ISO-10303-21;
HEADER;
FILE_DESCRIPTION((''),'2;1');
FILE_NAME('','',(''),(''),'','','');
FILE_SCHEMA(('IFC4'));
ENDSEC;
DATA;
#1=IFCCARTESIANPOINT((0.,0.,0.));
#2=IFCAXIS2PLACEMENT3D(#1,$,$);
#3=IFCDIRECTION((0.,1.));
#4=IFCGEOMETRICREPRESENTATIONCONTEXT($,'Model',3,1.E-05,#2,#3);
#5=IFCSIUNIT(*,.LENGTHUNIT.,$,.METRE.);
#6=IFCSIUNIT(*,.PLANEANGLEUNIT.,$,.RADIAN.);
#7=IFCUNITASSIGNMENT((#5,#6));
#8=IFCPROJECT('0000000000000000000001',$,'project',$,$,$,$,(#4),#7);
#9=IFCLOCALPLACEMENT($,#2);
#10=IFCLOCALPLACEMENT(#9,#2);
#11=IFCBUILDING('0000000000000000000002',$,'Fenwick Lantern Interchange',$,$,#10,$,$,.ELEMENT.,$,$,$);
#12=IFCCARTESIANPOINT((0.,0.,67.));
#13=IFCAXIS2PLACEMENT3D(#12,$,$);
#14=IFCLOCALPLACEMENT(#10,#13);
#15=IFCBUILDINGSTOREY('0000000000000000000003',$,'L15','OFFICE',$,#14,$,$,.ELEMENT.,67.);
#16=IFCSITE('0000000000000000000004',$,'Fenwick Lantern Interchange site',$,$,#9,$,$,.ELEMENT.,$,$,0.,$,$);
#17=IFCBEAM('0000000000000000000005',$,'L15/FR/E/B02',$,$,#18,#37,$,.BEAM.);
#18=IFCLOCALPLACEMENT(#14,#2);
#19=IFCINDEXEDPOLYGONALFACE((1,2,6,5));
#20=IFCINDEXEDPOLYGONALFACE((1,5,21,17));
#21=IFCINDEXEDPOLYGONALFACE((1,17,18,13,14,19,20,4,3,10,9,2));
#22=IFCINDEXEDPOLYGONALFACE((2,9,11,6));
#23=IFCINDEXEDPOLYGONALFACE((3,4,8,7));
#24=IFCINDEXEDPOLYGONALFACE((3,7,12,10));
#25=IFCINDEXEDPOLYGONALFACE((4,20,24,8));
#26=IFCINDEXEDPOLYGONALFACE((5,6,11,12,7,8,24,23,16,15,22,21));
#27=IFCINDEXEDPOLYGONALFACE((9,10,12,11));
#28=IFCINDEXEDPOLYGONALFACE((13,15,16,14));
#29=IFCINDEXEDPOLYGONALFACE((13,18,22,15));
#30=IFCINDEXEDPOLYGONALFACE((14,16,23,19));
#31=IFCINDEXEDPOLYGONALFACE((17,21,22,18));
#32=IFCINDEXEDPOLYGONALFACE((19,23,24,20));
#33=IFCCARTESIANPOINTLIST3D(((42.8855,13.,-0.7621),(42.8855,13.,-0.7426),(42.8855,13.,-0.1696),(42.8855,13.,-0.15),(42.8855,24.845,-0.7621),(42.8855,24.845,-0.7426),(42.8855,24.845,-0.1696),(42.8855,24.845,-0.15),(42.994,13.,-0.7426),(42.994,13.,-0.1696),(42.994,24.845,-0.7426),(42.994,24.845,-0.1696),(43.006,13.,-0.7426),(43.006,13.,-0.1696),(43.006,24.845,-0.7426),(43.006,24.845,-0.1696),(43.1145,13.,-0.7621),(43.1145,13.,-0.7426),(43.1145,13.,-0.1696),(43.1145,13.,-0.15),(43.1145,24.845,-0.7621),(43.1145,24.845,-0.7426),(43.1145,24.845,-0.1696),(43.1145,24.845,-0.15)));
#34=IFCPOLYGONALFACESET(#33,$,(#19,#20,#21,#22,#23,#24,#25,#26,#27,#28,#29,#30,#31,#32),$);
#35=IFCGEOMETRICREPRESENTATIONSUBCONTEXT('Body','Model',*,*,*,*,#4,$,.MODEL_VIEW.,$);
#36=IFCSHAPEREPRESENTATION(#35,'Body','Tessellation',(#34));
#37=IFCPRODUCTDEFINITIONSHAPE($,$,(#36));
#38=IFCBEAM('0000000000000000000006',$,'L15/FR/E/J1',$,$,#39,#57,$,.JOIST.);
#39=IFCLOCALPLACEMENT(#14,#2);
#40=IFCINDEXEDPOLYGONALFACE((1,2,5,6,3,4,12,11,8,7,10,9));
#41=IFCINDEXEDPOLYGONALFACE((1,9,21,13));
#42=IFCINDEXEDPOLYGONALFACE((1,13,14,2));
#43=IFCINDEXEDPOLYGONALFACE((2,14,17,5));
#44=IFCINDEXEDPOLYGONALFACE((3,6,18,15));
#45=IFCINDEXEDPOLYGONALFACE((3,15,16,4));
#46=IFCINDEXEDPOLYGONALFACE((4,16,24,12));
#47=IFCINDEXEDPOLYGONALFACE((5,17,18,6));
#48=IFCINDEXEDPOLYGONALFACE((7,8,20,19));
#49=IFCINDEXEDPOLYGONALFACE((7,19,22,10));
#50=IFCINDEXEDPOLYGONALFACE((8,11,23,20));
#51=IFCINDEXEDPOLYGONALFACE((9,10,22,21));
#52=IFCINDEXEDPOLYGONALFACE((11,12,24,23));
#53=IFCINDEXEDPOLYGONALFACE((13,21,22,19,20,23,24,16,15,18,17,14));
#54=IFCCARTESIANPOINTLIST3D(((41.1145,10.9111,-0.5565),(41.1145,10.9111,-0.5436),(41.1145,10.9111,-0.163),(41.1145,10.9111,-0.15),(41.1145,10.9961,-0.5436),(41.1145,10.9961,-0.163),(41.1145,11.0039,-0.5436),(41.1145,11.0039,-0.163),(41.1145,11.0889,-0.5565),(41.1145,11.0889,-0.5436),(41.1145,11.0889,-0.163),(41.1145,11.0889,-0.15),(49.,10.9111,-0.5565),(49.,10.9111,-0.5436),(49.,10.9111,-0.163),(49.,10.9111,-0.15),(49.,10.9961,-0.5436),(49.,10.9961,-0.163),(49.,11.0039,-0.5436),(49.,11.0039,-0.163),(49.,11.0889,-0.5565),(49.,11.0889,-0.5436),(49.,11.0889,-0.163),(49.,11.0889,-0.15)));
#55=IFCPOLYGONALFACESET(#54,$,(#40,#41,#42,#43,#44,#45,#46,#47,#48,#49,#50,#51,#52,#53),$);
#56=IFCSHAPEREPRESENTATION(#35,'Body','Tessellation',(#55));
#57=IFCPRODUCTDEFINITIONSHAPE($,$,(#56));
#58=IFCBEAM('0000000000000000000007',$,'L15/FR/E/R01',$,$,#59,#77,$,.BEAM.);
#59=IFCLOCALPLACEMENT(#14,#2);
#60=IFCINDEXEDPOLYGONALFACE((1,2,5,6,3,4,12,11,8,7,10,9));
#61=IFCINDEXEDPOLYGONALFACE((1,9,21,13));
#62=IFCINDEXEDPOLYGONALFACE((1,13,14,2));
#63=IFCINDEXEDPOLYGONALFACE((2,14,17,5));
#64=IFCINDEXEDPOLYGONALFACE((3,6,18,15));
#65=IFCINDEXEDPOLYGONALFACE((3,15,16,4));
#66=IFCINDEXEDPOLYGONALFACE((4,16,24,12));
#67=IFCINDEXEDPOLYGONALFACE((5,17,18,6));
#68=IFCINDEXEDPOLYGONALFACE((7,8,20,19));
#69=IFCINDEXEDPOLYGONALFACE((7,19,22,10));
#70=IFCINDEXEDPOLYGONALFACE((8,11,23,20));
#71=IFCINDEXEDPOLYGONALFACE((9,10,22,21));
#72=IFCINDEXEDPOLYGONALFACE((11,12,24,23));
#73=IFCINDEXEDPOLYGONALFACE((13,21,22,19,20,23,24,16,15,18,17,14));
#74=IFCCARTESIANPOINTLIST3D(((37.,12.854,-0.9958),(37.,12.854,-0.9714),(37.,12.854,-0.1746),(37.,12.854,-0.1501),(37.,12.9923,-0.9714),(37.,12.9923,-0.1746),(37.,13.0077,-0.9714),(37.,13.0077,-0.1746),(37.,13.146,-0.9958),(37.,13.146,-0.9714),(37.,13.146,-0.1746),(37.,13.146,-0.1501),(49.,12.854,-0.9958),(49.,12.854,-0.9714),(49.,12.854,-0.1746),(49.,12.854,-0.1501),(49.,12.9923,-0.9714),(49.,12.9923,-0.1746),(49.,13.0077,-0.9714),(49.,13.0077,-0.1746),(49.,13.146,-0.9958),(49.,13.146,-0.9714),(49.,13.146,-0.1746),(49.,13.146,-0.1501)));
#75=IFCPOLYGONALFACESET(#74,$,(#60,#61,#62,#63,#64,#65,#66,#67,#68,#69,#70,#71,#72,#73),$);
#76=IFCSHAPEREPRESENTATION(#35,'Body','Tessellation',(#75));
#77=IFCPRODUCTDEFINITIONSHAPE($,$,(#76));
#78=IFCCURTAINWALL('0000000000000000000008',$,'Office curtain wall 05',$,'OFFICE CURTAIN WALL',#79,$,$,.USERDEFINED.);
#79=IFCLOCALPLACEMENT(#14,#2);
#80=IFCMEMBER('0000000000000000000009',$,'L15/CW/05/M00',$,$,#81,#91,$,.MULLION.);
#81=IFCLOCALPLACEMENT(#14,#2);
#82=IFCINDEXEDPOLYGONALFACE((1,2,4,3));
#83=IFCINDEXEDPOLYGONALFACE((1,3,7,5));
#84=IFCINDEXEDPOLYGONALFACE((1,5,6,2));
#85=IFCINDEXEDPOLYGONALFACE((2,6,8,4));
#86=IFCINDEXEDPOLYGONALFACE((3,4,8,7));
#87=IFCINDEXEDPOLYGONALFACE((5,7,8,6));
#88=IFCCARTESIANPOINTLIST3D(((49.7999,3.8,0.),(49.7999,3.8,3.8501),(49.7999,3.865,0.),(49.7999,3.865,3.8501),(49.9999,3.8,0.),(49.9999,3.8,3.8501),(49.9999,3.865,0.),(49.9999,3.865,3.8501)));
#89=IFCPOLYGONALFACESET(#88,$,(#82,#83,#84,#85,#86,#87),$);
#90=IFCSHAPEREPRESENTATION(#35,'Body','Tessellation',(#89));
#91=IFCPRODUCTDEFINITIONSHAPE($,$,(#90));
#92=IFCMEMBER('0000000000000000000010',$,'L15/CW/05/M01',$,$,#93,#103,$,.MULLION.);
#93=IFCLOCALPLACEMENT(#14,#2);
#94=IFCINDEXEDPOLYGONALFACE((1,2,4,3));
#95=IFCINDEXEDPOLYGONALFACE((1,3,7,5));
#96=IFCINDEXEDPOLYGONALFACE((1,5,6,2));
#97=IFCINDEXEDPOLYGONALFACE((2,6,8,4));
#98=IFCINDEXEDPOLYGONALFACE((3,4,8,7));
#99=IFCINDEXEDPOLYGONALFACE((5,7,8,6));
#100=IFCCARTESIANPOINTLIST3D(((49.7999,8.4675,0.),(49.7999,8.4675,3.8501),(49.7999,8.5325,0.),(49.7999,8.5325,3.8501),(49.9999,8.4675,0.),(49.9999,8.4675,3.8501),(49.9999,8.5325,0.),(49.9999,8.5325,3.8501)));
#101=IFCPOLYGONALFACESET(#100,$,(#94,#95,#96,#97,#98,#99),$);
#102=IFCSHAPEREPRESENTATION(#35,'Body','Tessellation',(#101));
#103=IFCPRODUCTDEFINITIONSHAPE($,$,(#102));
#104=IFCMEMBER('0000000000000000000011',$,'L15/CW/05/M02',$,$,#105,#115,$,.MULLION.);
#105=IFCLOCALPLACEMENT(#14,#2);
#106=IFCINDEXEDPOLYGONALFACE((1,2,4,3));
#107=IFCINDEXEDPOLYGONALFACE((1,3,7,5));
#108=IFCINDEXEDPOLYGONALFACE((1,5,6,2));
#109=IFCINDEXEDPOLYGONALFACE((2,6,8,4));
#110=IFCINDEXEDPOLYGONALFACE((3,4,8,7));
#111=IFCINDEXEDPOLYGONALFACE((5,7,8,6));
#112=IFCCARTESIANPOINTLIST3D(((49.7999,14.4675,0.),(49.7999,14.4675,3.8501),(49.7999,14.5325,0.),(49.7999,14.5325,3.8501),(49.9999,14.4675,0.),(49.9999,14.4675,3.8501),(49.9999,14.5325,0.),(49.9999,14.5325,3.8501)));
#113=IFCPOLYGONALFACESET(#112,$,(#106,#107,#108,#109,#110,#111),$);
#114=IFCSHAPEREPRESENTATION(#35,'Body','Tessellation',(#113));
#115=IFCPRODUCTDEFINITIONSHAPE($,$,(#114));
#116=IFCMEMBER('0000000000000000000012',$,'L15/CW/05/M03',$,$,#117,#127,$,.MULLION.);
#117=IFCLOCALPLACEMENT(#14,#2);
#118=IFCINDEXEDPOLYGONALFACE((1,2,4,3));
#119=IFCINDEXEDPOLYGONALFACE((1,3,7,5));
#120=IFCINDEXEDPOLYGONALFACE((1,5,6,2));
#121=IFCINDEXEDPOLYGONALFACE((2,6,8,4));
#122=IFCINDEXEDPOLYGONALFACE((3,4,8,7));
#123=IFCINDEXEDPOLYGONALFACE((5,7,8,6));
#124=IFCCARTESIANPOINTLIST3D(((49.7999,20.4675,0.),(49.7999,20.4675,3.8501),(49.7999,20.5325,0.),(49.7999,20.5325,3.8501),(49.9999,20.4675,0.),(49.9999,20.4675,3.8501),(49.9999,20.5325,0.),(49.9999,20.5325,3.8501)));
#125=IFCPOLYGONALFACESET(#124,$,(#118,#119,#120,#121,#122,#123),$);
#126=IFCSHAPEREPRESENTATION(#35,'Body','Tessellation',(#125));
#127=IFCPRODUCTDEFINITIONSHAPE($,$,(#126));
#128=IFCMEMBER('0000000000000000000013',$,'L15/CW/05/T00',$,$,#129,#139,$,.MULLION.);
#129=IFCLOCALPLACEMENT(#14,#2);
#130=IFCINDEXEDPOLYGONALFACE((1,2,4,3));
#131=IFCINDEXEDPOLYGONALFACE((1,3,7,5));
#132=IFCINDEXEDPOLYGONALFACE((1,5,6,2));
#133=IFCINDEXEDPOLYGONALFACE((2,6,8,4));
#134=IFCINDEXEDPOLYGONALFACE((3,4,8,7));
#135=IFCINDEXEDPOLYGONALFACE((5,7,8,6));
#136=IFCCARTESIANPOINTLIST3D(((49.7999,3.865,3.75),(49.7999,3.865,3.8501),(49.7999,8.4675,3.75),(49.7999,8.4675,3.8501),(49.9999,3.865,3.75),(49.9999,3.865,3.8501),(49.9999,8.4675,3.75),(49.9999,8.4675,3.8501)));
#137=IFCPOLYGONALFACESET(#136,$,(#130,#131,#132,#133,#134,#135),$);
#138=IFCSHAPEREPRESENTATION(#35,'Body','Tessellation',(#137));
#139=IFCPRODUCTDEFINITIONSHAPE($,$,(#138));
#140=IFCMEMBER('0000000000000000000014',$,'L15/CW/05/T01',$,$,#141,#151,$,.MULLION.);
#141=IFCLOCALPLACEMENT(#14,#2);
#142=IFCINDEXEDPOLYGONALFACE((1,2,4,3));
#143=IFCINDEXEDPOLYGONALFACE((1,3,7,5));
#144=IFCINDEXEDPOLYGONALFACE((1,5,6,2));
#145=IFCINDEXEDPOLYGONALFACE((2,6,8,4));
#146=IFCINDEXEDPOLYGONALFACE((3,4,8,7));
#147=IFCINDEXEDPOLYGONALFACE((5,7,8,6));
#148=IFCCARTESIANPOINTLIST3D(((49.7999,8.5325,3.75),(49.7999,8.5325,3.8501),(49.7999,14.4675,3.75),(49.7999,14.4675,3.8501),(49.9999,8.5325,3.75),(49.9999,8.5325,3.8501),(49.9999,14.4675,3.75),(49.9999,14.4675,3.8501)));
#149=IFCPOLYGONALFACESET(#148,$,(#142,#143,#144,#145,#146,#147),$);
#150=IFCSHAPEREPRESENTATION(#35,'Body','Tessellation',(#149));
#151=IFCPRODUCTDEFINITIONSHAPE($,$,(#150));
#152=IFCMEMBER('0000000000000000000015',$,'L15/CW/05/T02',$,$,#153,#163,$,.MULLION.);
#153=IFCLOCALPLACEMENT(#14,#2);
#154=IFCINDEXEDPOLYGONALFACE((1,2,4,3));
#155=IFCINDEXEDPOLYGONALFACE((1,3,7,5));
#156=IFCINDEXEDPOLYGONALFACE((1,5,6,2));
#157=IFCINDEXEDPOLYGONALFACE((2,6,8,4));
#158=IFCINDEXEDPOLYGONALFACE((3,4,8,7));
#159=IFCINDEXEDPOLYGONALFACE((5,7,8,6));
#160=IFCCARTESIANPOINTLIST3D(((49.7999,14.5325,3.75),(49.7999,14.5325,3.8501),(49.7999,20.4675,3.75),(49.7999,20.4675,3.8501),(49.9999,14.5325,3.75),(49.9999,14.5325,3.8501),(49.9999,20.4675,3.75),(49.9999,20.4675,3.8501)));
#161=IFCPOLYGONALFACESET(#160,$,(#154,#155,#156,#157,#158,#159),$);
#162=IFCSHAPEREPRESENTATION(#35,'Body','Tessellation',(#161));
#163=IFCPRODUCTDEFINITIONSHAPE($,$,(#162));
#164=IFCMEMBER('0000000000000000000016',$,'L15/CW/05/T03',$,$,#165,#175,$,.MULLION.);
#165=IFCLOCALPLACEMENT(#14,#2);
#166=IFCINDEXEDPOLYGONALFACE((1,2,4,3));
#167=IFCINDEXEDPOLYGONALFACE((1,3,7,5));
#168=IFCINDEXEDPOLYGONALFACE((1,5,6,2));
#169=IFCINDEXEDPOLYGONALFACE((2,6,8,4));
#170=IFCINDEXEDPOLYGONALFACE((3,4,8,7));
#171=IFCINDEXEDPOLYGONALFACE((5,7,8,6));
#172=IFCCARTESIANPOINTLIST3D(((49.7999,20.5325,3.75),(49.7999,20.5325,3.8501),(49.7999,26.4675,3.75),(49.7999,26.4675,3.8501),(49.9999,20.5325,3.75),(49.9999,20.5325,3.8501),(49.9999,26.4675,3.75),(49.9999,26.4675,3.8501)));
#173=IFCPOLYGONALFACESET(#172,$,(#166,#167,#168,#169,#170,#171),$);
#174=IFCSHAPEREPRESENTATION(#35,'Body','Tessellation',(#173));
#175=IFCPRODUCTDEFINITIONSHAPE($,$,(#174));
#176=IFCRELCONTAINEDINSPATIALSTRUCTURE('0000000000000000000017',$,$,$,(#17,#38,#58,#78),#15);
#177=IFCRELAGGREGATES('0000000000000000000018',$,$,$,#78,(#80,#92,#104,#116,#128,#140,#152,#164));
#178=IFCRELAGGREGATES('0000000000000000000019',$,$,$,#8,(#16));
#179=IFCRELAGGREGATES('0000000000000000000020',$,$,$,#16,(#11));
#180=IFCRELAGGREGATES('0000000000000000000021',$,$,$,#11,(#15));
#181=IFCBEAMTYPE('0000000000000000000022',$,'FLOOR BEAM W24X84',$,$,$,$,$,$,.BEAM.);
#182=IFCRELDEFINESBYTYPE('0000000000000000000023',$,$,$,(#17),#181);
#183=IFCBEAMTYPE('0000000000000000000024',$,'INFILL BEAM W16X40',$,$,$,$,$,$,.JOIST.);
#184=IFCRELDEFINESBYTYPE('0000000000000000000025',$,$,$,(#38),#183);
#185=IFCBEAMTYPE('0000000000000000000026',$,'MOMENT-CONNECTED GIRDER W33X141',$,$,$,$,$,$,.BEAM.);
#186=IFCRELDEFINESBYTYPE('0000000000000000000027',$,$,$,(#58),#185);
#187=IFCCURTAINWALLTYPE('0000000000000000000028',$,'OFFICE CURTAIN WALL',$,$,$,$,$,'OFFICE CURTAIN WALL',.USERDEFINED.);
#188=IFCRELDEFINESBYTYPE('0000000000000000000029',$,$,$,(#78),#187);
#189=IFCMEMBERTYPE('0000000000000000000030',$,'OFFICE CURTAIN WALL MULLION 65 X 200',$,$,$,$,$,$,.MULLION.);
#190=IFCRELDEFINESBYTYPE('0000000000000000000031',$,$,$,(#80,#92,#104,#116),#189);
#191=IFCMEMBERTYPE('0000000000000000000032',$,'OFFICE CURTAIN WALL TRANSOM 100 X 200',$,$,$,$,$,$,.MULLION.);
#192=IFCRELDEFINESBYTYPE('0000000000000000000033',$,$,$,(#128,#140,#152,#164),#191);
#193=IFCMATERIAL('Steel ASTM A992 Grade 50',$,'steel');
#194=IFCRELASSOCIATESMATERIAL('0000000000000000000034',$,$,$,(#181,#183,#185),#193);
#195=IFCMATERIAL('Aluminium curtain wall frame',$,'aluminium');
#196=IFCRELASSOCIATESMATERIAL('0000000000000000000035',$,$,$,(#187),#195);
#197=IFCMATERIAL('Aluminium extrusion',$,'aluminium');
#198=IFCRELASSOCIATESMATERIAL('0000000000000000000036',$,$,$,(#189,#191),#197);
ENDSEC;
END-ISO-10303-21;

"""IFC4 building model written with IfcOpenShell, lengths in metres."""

from ifc_helpers import new_model, si_unit, direction, frame, origin, origin_2d, place, context, subcontext, project, spatial, rectangle, i_section, extrude, material, material_profile, profile_set, type_object, element, aggregate, save


model = new_model("IFC4")

# Units and contexts
model_context = context("Model", 3, precision=1e-05, world=origin(), true_north=direction((0.0, 1.0)))
body_context = subcontext(model_context, "Body", "Model", "MODEL_VIEW")
ifc_project = project(units=[si_unit("LENGTHUNIT", "METRE"), si_unit("PLANEANGLEUNIT", "RADIAN")], contexts=[model_context])

# Site, building, storey
site_placement = place(None, origin())
site = spatial("IfcSite", under=ifc_project, at=site_placement, Name="Fenwick Lantern Interchange site", CompositionType="ELEMENT", RefElevation=0.0)
building_placement = place(site_placement, origin())
building = spatial("IfcBuilding", under=site, at=building_placement, Name="Fenwick Lantern Interchange", CompositionType="ELEMENT")
storey_placement = place(building_placement, frame((0.0, 0.0, 67.0)))
storey = spatial("IfcBuildingStorey", under=building, at=storey_placement, Name="L15", Description="OFFICE", CompositionType="ELEMENT", Elevation=67.0)

# Shared definitions
ifc_material_1 = material(Name="Steel ASTM A992 Grade 50", Category="steel")

# Beams
ifc_material_profile_1 = material_profile(ifc_material_1, i_section(OverallWidth=0.229, OverallDepth=0.6121, WebThickness=0.012, FlangeThickness=0.0195, at=origin_2d()), Name="W24X84")
ifc_profile_set_1 = profile_set([ifc_material_profile_1], Name="Steel ASTM A992 Grade 50")
beam_type_1 = type_object("IfcBeamType", Name="FLOOR BEAM W24X84", PredefinedType="BEAM", material=ifc_profile_set_1)
for number, where, z_axis, x_axis, name in (
    (1, (43.0, 13.0, -0.4561), (0.0, 1.0, 0.0), (-1.0, 0.0, 0.0), "L15/FR/E/B02"),
):
    element("IfcBeam", number, at=place(storey_placement, frame(where, z_axis=z_axis, x_axis=x_axis)), inside=storey, type_object=beam_type_1, Name=name, PredefinedType="BEAM", context=body_context, shape_type="SweptSolid", body=[
        extrude(i_section(OverallWidth=0.229, OverallDepth=0.6121, WebThickness=0.012, FlangeThickness=0.0195, at=origin_2d()), origin(), (0.0, 0.0, 1.0), 11.845),
    ])
ifc_material_profile_2 = material_profile(ifc_material_1, i_section(OverallWidth=0.1777, OverallDepth=0.4065, WebThickness=0.0078, FlangeThickness=0.0129, at=origin_2d()), Name="W16X40")
ifc_profile_set_2 = profile_set([ifc_material_profile_2], Name="Steel ASTM A992 Grade 50")
beam_type_2 = type_object("IfcBeamType", Name="INFILL BEAM W16X40", PredefinedType="JOIST", material=ifc_profile_set_2)
beam_1_placement = place(storey_placement, frame((49.0, 11.0, -0.3533), z_axis=(-1.0, 0.0, 0.0), x_axis=(0.0, -1.0, 0.0)))
element("IfcBeam", 2, at=beam_1_placement, inside=storey, type_object=beam_type_2, Name="L15/FR/E/J1", PredefinedType="JOIST", context=body_context, shape_type="SweptSolid", body=[
    extrude(i_section(OverallWidth=0.1777, OverallDepth=0.4065, WebThickness=0.0078, FlangeThickness=0.0129, at=origin_2d()), origin(), (0.0, 0.0, 1.0), 7.8855),
])
ifc_material_profile_3 = material_profile(ifc_material_1, i_section(OverallWidth=0.292, OverallDepth=0.8457, WebThickness=0.0154, FlangeThickness=0.0244, at=origin_2d()), Name="W33X141")
ifc_profile_set_3 = profile_set([ifc_material_profile_3], Name="Steel ASTM A992 Grade 50")
beam_type_3 = type_object("IfcBeamType", Name="MOMENT-CONNECTED GIRDER W33X141", PredefinedType="BEAM", material=ifc_profile_set_3)
beam_2_placement = place(storey_placement, frame((49.0, 13.0, -0.573), z_axis=(-1.0, 0.0, 0.0), x_axis=(0.0, -1.0, 0.0)))
element("IfcBeam", 3, at=beam_2_placement, inside=storey, type_object=beam_type_3, Name="L15/FR/E/R01", PredefinedType="BEAM", context=body_context, shape_type="SweptSolid", body=[
    extrude(i_section(OverallWidth=0.292, OverallDepth=0.8457, WebThickness=0.0154, FlangeThickness=0.0244, at=origin_2d()), origin(), (0.0, 0.0, 1.0), 12.0),
])

# Curtain wall, members
ifc_material_2 = material(Name="Aluminium curtain wall frame", Category="aluminium")
curtain_wall_type = type_object("IfcCurtainWallType", Name="OFFICE CURTAIN WALL", ElementType="OFFICE CURTAIN WALL", PredefinedType="USERDEFINED", material=ifc_material_2)
curtain_wall_placement = place(storey_placement, origin())
curtain_wall = element("IfcCurtainWall", 4, at=curtain_wall_placement, inside=storey, type_object=curtain_wall_type, Name="Office curtain wall 05", ObjectType="OFFICE CURTAIN WALL", PredefinedType="USERDEFINED")
ifc_material_3 = material(Name="Aluminium extrusion", Category="aluminium")
ifc_material_profile_4 = material_profile(ifc_material_3, rectangle(XDim=0.2, YDim=0.0649, at=origin_2d()), Name="OFFICE CURTAIN WALL MULLION 65 X 200")
ifc_profile_set_4 = profile_set([ifc_material_profile_4], Name="Aluminium extrusion")
member_type_1 = type_object("IfcMemberType", Name="OFFICE CURTAIN WALL MULLION 65 X 200", PredefinedType="MULLION", material=ifc_profile_set_4)
member_1_placement = place(storey_placement, frame((49.8999, 3.8325, 0.0), z_axis=(0.0, 0.0, 1.0), x_axis=(-1.0, 0.0, 0.0)))
member_1 = element("IfcMember", 5, at=member_1_placement, type_object=member_type_1, Name="L15/CW/05/M00", PredefinedType="MULLION", context=body_context, shape_type="SweptSolid", body=[
    extrude(rectangle(XDim=0.2, YDim=0.0649, at=origin_2d()), origin(), (0.0, 0.0, 1.0), 3.8501),
])
member_2_placement = place(storey_placement, frame((49.8999, 8.5, 0.0), z_axis=(0.0, 0.0, 1.0), x_axis=(-1.0, 0.0, 0.0)))
member_2 = element("IfcMember", 6, at=member_2_placement, type_object=member_type_1, Name="L15/CW/05/M01", PredefinedType="MULLION", context=body_context, shape_type="SweptSolid", body=[
    extrude(rectangle(XDim=0.2, YDim=0.0649, at=origin_2d()), origin(), (0.0, 0.0, 1.0), 3.8501),
])
member_3_placement = place(storey_placement, frame((49.8999, 14.5, 0.0), z_axis=(0.0, 0.0, 1.0), x_axis=(-1.0, 0.0, 0.0)))
member_3 = element("IfcMember", 7, at=member_3_placement, type_object=member_type_1, Name="L15/CW/05/M02", PredefinedType="MULLION", context=body_context, shape_type="SweptSolid", body=[
    extrude(rectangle(XDim=0.2, YDim=0.0649, at=origin_2d()), origin(), (0.0, 0.0, 1.0), 3.8501),
])
member_4_placement = place(storey_placement, frame((49.8999, 20.5, 0.0), z_axis=(0.0, 0.0, 1.0), x_axis=(-1.0, 0.0, 0.0)))
member_4 = element("IfcMember", 8, at=member_4_placement, type_object=member_type_1, Name="L15/CW/05/M03", PredefinedType="MULLION", context=body_context, shape_type="SweptSolid", body=[
    extrude(rectangle(XDim=0.2, YDim=0.0649, at=origin_2d()), origin(), (0.0, 0.0, 1.0), 3.8501),
])
ifc_material_profile_5 = material_profile(ifc_material_3, rectangle(XDim=0.2, YDim=0.1001, at=origin_2d()), Name="OFFICE CURTAIN WALL TRANSOM 100 X 200")
ifc_profile_set_5 = profile_set([ifc_material_profile_5], Name="Aluminium extrusion")
member_type_2 = type_object("IfcMemberType", Name="OFFICE CURTAIN WALL TRANSOM 100 X 200", PredefinedType="MULLION", material=ifc_profile_set_5)
member_5_placement = place(storey_placement, frame((49.8999, 3.865, 3.8), z_axis=(0.0, 1.0, 0.0), x_axis=(-1.0, 0.0, 0.0)))
member_5 = element("IfcMember", 9, at=member_5_placement, type_object=member_type_2, Name="L15/CW/05/T00", PredefinedType="MULLION", context=body_context, shape_type="SweptSolid", body=[
    extrude(rectangle(XDim=0.2, YDim=0.1001, at=origin_2d()), origin(), (0.0, 0.0, 1.0), 4.6025),
])
member_6_placement = place(storey_placement, frame((49.8999, 8.5325, 3.8), z_axis=(0.0, 1.0, 0.0), x_axis=(-1.0, 0.0, 0.0)))
member_6 = element("IfcMember", 10, at=member_6_placement, type_object=member_type_2, Name="L15/CW/05/T01", PredefinedType="MULLION", context=body_context, shape_type="SweptSolid", body=[
    extrude(rectangle(XDim=0.2, YDim=0.1001, at=origin_2d()), origin(), (0.0, 0.0, 1.0), 5.9351),
])
member_7_placement = place(storey_placement, frame((49.8999, 14.5325, 3.8), z_axis=(0.0, 1.0, 0.0), x_axis=(-1.0, 0.0, 0.0)))
member_7 = element("IfcMember", 11, at=member_7_placement, type_object=member_type_2, Name="L15/CW/05/T02", PredefinedType="MULLION", context=body_context, shape_type="SweptSolid", body=[
    extrude(rectangle(XDim=0.2, YDim=0.1001, at=origin_2d()), origin(), (0.0, 0.0, 1.0), 5.9351),
])
member_8_placement = place(storey_placement, frame((49.8999, 20.5325, 3.8), z_axis=(0.0, 1.0, 0.0), x_axis=(-1.0, 0.0, 0.0)))
member_8 = element("IfcMember", 12, at=member_8_placement, type_object=member_type_2, Name="L15/CW/05/T03", PredefinedType="MULLION", context=body_context, shape_type="SweptSolid", body=[
    extrude(rectangle(XDim=0.2, YDim=0.1001, at=origin_2d()), origin(), (0.0, 0.0, 1.0), 5.9351),
])
aggregate(curtain_wall, [member_1, member_2, member_3, member_4, member_5, member_6, member_7, member_8])

save(model, "model.ifc")
